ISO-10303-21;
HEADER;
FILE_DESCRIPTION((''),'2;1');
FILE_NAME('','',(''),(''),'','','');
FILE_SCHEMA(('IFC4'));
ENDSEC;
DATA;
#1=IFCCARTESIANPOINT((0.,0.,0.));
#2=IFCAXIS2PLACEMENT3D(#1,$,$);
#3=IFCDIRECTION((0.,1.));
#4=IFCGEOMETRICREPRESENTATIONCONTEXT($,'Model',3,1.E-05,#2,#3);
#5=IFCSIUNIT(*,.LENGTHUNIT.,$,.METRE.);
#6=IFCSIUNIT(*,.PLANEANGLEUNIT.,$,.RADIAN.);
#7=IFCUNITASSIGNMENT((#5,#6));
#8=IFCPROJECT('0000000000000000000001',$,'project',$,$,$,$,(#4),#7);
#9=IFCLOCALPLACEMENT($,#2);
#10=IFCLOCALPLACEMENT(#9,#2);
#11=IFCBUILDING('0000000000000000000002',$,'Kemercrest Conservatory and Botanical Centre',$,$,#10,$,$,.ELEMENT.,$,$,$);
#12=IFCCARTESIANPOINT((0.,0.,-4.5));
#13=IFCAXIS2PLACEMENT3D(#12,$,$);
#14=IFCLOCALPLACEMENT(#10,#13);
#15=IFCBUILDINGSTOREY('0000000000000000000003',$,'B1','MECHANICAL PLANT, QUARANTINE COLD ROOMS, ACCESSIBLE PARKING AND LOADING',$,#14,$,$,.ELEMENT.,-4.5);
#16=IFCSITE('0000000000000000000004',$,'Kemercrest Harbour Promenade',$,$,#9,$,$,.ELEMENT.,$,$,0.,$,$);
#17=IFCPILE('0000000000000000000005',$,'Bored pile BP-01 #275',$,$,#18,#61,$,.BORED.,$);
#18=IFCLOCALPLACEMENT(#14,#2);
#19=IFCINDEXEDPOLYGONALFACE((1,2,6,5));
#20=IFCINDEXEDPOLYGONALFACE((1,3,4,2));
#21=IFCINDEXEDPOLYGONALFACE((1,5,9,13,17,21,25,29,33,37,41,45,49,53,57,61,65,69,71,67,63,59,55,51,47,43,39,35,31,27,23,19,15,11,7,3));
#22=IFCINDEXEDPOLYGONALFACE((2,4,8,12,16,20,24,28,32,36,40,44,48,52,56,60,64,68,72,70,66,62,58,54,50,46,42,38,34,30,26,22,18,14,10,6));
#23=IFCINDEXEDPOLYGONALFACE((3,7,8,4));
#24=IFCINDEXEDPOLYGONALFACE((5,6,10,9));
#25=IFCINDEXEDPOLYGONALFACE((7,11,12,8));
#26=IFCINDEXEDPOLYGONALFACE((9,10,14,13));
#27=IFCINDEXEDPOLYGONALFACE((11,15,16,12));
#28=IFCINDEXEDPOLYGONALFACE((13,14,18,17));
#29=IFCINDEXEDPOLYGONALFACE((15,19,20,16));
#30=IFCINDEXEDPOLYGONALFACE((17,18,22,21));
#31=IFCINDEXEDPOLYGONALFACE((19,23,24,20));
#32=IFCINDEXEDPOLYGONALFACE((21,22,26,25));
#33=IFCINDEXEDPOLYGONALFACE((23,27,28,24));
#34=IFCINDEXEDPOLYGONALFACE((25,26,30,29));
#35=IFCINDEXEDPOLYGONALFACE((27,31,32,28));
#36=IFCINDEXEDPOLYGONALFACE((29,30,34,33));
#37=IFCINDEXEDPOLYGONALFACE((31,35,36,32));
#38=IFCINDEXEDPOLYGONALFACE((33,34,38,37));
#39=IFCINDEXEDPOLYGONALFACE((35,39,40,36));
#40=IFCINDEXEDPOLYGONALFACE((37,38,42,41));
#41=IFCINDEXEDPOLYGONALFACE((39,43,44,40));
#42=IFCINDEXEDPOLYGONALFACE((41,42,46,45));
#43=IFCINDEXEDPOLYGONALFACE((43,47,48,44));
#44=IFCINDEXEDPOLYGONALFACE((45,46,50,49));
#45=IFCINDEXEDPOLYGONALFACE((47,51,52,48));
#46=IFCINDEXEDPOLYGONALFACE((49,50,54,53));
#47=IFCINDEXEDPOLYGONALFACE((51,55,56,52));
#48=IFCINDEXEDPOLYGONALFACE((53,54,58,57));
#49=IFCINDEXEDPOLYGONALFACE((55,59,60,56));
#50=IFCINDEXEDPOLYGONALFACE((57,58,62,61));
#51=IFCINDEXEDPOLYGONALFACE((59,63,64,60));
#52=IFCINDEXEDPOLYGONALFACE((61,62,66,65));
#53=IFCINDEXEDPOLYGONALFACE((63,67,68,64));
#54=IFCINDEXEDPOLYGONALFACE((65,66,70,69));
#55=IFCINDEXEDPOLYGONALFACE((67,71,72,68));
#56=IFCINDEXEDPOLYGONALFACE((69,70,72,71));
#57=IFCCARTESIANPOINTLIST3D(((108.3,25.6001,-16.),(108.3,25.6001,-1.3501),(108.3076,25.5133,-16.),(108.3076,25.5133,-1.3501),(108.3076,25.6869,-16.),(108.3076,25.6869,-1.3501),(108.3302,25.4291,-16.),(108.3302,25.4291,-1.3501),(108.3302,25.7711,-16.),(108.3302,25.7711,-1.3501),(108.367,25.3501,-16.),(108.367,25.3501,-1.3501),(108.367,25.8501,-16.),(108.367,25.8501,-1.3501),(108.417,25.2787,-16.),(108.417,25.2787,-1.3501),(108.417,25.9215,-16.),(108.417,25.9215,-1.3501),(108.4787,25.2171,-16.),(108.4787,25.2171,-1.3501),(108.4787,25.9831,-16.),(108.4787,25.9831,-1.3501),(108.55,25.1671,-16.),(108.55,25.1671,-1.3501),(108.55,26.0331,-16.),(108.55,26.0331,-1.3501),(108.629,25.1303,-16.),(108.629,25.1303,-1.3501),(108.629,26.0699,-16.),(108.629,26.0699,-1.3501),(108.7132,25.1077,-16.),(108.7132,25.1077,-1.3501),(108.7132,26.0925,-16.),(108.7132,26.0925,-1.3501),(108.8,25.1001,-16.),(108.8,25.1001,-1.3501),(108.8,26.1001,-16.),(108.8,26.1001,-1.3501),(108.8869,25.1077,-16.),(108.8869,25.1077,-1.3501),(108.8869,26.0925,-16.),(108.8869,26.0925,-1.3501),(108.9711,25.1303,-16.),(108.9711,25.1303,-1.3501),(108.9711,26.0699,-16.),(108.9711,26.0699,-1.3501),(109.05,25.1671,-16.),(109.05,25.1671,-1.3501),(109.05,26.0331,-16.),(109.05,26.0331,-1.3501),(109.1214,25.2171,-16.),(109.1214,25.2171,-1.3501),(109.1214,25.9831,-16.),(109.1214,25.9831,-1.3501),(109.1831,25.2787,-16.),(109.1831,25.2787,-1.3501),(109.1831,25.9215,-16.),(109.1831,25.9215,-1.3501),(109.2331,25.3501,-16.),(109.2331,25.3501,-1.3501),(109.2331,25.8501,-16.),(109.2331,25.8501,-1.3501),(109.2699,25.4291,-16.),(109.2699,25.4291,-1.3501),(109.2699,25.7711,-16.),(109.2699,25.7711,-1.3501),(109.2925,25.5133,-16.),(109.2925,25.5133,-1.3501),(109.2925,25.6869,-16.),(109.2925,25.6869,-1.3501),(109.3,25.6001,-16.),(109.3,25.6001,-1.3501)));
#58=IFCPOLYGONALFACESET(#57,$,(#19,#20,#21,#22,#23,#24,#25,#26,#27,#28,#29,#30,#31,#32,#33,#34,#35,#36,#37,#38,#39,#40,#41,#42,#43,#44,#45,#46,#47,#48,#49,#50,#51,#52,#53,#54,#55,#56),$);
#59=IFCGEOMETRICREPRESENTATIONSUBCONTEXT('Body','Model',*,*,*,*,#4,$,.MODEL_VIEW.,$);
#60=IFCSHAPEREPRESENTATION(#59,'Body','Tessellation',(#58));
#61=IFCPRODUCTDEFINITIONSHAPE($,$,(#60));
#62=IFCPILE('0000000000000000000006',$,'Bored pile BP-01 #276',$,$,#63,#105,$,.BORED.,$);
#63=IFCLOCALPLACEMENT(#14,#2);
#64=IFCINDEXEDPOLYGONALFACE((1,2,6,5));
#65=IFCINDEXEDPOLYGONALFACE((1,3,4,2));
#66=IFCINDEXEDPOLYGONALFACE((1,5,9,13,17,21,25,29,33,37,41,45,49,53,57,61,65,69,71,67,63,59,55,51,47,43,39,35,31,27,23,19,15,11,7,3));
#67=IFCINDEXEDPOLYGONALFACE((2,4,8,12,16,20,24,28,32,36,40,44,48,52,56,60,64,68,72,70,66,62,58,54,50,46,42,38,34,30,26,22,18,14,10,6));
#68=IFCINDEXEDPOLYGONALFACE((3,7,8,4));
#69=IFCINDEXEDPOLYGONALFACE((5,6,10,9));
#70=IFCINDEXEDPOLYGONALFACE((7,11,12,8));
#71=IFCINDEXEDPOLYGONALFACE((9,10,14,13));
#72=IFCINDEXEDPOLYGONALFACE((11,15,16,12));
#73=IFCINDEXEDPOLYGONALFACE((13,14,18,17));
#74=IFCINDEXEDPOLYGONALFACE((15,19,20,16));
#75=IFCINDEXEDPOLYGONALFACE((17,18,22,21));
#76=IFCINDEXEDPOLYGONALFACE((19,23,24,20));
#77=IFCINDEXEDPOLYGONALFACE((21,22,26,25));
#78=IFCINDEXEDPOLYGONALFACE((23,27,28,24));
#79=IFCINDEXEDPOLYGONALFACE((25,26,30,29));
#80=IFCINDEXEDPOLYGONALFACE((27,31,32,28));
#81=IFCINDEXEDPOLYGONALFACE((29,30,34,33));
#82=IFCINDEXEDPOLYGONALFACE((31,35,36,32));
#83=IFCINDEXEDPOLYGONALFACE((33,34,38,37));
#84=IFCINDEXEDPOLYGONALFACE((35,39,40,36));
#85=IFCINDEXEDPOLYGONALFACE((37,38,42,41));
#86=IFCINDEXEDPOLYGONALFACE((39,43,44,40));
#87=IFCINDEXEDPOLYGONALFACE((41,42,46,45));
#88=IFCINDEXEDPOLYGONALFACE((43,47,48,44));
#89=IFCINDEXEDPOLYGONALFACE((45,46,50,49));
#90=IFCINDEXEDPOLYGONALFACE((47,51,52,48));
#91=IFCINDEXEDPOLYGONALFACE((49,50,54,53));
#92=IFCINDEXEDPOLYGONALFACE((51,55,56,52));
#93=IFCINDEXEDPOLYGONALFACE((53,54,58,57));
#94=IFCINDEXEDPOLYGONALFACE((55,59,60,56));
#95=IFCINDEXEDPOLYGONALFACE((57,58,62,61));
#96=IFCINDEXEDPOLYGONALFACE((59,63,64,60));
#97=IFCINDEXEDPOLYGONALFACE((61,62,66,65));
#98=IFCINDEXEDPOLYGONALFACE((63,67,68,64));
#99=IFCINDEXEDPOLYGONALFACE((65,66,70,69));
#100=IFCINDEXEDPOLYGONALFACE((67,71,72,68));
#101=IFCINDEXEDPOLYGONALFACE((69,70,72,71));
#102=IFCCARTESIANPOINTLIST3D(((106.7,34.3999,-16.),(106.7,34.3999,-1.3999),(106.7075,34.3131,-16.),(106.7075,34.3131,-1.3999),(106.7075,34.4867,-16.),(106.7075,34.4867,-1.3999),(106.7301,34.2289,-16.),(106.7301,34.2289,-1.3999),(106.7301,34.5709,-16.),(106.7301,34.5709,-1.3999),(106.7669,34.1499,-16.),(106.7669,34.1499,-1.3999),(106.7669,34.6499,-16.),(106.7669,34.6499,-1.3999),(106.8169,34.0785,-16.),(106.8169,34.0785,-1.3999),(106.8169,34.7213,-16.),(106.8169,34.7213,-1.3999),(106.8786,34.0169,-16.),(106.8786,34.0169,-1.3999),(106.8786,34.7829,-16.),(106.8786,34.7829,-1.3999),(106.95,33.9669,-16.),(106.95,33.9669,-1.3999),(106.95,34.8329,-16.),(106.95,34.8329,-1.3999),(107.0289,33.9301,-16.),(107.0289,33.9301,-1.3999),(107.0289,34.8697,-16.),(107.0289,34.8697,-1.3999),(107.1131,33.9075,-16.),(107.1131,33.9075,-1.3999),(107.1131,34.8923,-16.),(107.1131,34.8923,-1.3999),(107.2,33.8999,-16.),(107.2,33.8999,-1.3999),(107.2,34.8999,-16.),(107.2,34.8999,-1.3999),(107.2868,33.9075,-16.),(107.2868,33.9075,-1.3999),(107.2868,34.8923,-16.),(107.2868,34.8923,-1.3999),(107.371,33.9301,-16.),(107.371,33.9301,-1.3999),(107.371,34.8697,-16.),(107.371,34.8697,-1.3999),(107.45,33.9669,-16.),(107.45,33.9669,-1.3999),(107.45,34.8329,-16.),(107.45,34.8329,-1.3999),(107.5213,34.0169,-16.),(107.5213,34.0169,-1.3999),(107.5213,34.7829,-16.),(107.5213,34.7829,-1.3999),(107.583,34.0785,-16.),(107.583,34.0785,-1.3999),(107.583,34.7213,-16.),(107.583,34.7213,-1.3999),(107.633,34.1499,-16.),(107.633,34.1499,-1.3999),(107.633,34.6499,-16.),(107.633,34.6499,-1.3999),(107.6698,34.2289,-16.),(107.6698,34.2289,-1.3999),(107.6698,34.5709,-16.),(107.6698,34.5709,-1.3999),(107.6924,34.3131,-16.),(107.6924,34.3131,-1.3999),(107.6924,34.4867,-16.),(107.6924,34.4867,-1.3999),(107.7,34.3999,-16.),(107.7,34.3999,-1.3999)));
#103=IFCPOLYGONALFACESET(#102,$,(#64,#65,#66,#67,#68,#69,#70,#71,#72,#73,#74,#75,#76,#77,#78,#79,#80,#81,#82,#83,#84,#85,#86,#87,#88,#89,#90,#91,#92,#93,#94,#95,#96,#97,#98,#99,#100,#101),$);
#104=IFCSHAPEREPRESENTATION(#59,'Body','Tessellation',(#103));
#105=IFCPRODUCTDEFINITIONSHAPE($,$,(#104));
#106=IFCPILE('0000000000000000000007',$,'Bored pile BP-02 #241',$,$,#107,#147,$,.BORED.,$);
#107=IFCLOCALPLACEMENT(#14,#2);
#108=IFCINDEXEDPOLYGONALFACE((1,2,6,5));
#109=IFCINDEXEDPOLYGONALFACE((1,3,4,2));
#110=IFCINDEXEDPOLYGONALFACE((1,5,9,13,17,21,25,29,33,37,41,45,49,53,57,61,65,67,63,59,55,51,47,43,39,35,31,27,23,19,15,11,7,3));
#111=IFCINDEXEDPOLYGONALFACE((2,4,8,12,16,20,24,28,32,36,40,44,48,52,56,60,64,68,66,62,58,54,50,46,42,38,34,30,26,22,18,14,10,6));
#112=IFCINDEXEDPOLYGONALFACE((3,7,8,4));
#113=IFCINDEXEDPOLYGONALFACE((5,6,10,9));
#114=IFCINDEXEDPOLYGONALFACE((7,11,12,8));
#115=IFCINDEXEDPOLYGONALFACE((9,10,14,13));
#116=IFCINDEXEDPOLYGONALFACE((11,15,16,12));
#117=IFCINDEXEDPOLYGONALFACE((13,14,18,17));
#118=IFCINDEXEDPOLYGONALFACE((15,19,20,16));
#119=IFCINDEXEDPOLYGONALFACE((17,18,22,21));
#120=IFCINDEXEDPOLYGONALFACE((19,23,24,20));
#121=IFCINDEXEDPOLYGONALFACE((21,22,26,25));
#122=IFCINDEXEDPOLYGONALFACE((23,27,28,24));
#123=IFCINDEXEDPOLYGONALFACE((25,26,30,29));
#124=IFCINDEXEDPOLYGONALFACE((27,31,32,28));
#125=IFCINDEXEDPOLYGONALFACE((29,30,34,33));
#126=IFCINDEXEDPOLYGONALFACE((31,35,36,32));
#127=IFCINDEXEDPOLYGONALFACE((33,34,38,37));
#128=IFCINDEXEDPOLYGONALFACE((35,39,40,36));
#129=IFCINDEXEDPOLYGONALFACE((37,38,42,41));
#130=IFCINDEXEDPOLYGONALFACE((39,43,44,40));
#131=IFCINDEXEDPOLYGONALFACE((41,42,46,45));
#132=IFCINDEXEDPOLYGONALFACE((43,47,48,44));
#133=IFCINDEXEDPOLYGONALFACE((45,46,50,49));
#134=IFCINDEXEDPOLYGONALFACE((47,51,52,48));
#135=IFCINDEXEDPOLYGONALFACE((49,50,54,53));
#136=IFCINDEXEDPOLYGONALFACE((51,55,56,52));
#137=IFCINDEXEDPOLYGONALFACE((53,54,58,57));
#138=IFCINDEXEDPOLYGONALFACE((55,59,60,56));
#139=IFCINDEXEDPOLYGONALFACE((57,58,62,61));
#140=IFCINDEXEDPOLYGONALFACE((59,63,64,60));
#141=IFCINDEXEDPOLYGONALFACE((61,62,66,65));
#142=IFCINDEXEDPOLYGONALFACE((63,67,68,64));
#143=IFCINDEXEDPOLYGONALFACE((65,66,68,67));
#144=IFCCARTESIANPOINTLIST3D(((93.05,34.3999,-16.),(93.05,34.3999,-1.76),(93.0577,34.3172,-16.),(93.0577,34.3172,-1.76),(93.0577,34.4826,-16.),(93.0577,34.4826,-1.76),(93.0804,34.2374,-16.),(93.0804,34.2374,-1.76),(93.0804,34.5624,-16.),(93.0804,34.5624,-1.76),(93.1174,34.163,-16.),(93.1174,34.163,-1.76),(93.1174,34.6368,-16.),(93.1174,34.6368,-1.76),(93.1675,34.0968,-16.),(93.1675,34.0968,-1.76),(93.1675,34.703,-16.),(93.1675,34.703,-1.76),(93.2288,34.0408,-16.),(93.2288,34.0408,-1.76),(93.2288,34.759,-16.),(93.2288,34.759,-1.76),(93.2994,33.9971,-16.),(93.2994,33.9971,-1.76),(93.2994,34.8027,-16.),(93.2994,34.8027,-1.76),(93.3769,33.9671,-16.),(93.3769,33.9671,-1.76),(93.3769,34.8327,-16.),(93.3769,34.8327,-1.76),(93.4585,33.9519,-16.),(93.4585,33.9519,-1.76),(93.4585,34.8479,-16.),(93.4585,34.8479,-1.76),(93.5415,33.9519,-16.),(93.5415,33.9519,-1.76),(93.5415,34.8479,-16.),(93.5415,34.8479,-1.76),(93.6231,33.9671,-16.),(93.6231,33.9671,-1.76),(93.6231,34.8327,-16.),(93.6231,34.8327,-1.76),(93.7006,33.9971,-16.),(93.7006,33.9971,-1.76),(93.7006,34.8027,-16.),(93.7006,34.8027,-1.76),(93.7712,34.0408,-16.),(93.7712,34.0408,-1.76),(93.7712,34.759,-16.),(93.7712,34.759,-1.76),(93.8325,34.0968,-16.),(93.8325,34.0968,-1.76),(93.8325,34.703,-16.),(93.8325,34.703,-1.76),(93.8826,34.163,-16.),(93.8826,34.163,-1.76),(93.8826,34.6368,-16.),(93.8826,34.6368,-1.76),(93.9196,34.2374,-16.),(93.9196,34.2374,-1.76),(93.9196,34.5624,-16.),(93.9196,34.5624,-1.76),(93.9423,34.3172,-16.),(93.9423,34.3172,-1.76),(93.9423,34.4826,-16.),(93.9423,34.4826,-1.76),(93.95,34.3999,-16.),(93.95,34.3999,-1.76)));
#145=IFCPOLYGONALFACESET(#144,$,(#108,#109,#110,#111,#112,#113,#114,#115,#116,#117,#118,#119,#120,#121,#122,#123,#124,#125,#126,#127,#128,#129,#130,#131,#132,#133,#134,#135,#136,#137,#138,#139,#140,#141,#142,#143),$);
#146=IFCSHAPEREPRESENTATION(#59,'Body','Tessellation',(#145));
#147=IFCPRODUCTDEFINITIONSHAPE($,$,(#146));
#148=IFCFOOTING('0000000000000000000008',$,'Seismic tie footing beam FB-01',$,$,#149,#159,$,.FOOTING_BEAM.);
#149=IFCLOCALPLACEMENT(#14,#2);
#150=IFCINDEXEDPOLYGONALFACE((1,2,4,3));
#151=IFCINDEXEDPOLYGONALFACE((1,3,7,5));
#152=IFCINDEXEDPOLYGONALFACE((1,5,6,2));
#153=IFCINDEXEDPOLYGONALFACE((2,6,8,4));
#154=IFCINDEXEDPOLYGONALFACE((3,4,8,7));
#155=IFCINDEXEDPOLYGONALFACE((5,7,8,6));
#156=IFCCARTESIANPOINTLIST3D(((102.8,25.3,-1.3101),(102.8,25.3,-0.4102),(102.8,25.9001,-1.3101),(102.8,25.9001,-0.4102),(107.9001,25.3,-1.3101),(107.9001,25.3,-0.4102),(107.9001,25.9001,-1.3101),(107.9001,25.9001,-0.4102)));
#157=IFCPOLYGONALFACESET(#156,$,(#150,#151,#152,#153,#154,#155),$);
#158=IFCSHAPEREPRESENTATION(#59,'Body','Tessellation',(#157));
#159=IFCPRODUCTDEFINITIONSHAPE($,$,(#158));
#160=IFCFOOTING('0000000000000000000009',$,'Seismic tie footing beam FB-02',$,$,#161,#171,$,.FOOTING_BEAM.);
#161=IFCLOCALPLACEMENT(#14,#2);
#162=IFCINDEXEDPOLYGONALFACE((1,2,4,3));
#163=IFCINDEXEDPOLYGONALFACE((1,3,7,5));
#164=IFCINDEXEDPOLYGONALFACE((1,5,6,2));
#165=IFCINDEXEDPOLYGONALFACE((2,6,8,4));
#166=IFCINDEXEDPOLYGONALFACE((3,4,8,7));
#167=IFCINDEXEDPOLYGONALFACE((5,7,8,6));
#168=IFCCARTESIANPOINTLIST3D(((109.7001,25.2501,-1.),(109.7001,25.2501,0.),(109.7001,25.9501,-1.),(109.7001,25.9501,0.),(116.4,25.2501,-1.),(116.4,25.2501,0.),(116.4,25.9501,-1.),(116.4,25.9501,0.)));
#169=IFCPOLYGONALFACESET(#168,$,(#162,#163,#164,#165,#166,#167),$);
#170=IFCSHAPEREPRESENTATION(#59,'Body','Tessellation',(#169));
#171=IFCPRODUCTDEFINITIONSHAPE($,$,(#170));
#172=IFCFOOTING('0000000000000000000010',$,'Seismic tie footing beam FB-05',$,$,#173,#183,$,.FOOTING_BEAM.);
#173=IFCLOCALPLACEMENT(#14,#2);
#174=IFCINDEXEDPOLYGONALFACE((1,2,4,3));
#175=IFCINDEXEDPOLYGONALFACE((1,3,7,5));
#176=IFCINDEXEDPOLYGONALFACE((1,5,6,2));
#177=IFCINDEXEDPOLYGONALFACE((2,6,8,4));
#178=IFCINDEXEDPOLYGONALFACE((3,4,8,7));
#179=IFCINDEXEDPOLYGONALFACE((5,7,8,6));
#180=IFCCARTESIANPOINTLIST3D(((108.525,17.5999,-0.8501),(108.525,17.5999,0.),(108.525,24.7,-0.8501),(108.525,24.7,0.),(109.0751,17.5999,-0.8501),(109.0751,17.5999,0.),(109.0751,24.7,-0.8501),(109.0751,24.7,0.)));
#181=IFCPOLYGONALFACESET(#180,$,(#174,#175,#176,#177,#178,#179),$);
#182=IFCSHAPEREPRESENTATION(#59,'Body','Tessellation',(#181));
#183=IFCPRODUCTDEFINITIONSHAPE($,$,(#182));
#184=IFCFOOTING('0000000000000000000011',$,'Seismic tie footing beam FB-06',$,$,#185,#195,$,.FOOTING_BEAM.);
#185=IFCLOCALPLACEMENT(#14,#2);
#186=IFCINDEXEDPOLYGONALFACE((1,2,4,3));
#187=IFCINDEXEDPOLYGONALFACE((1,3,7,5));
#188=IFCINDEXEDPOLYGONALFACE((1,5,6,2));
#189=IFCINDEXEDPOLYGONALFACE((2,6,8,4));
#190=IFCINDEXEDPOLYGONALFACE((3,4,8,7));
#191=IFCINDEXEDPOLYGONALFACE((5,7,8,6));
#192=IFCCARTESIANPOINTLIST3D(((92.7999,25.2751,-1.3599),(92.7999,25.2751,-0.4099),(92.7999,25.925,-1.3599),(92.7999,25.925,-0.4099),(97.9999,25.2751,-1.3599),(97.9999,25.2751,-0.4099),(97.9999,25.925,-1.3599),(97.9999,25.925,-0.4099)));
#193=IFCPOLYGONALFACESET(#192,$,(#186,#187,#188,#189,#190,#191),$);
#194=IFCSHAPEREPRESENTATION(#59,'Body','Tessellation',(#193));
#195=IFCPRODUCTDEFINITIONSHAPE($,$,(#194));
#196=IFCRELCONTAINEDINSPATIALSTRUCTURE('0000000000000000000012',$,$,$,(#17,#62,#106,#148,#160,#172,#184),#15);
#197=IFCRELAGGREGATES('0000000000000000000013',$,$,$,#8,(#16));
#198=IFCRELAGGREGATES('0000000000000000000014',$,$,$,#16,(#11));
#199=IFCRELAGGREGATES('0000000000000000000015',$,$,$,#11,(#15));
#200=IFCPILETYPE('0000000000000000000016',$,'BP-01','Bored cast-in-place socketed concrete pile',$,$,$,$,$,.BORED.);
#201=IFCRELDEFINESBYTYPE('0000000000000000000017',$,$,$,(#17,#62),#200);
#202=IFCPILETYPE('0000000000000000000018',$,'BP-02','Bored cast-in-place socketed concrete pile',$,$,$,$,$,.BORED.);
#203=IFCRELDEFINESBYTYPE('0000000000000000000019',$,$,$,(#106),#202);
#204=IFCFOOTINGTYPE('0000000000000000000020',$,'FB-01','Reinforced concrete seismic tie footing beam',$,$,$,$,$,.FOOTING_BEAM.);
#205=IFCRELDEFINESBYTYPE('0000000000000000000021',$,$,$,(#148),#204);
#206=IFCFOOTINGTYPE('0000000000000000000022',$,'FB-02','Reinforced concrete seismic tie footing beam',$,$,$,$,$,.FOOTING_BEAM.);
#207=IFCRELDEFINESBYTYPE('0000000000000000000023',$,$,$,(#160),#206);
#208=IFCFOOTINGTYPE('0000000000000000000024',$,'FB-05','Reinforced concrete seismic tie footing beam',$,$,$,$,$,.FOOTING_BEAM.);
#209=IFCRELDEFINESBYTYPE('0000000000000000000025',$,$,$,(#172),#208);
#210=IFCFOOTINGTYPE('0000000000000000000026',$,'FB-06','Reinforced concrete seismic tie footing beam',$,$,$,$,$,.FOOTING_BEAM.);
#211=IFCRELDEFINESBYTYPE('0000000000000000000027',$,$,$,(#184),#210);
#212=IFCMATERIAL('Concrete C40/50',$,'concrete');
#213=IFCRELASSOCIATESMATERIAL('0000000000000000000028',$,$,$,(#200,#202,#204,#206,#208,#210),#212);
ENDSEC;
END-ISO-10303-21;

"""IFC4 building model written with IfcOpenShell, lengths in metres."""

from ifc_helpers import new_model, si_unit, direction, frame, origin, origin_2d, place, context, subcontext, project, spatial, rectangle, circle, extrude, material, material_profile, profile_set, type_object, element, save


model = new_model("IFC4")

# Units and contexts
model_context = context("Model", 3, precision=1e-05, world=origin(), true_north=direction((0.0, 1.0)))
body_context = subcontext(model_context, "Body", "Model", "MODEL_VIEW")
ifc_project = project(units=[si_unit("LENGTHUNIT", "METRE"), si_unit("PLANEANGLEUNIT", "RADIAN")], contexts=[model_context])

# Site, building, storey
site_placement = place(None, origin())
site = spatial("IfcSite", under=ifc_project, at=site_placement, Name="Kemercrest Harbour Promenade", CompositionType="ELEMENT", RefElevation=0.0)
building_placement = place(site_placement, origin())
building = spatial("IfcBuilding", under=site, at=building_placement, Name="Kemercrest Conservatory and Botanical Centre", CompositionType="ELEMENT")
storey_placement = place(building_placement, frame((0.0, 0.0, -4.5)))
storey = spatial("IfcBuildingStorey", under=building, at=storey_placement, Name="B1", Description="MECHANICAL PLANT, QUARANTINE COLD ROOMS, ACCESSIBLE PARKING AND LOADING", CompositionType="ELEMENT", Elevation=-4.5)

# Piles
ifc_material_1 = material(Name="Concrete C40/50", Category="concrete")
ifc_material_profile_1 = material_profile(ifc_material_1, circle(Radius=0.5, at=origin_2d()), Name="BORED PILE 1000")
ifc_profile_set_1 = profile_set([ifc_material_profile_1], Name="Concrete C40/50")
pile_type_1 = type_object("IfcPileType", Name="BP-01", Description="Bored cast-in-place socketed concrete pile", PredefinedType="BORED", material=ifc_profile_set_1)
pile_1_placement = place(storey_placement, frame((108.8, 25.6001, -1.3501), z_axis=(0.0, 0.0, -1.0), x_axis=(1.0, 0.0, 0.0)))
element("IfcPile", 1, at=pile_1_placement, inside=storey, type_object=pile_type_1, Name="Bored pile BP-01 #275", PredefinedType="BORED", context=body_context, shape_type="SweptSolid", body=[
    extrude(circle(Radius=0.5, at=origin_2d()), origin(), (0.0, 0.0, 1.0), 14.6499),
])
pile_2_placement = place(storey_placement, frame((107.2, 34.3999, -1.3999), z_axis=(0.0, 0.0, -1.0), x_axis=(1.0, 0.0, 0.0)))
element("IfcPile", 2, at=pile_2_placement, inside=storey, type_object=pile_type_1, Name="Bored pile BP-01 #276", PredefinedType="BORED", context=body_context, shape_type="SweptSolid", body=[
    extrude(circle(Radius=0.5, at=origin_2d()), origin(), (0.0, 0.0, 1.0), 14.6001),
])
ifc_material_profile_2 = material_profile(ifc_material_1, circle(Radius=0.45, at=origin_2d()), Name="BORED PILE 900")
ifc_profile_set_2 = profile_set([ifc_material_profile_2], Name="Concrete C40/50")
pile_type_2 = type_object("IfcPileType", Name="BP-02", Description="Bored cast-in-place socketed concrete pile", PredefinedType="BORED", material=ifc_profile_set_2)
pile_3_placement = place(storey_placement, frame((93.5, 34.3999, -1.76), z_axis=(0.0, 0.0, -1.0), x_axis=(1.0, 0.0, 0.0)))
element("IfcPile", 3, at=pile_3_placement, inside=storey, type_object=pile_type_2, Name="Bored pile BP-02 #241", PredefinedType="BORED", context=body_context, shape_type="SweptSolid", body=[
    extrude(circle(Radius=0.45, at=origin_2d()), origin(), (0.0, 0.0, 1.0), 14.24),
])

# Footings
footing_type_1 = type_object("IfcFootingType", Name="FB-01", Description="Reinforced concrete seismic tie footing beam", PredefinedType="FOOTING_BEAM", material=ifc_material_1)
footing_1_placement = place(storey_placement, frame((105.3501, 25.6001, -1.3101), z_axis=(0.0, 0.0, 1.0), x_axis=(1.0, 0.0, 0.0)))
element("IfcFooting", 4, at=footing_1_placement, inside=storey, type_object=footing_type_1, Name="Seismic tie footing beam FB-01", PredefinedType="FOOTING_BEAM", context=body_context, shape_type="SweptSolid", body=[
    extrude(rectangle(XDim=5.1001, YDim=0.6001, at=origin_2d()), origin(), (0.0, 0.0, 1.0), 0.8999),
])
footing_type_2 = type_object("IfcFootingType", Name="FB-02", Description="Reinforced concrete seismic tie footing beam", PredefinedType="FOOTING_BEAM", material=ifc_material_1)
footing_2_placement = place(storey_placement, frame((113.05, 25.6001, -1.0), z_axis=(0.0, 0.0, 1.0), x_axis=(1.0, 0.0, 0.0)))
element("IfcFooting", 5, at=footing_2_placement, inside=storey, type_object=footing_type_2, Name="Seismic tie footing beam FB-02", PredefinedType="FOOTING_BEAM", context=body_context, shape_type="SweptSolid", body=[
    extrude(rectangle(XDim=6.7, YDim=0.7, at=origin_2d()), origin(), (0.0, 0.0, 1.0), 1.0),
])
footing_type_3 = type_object("IfcFootingType", Name="FB-05", Description="Reinforced concrete seismic tie footing beam", PredefinedType="FOOTING_BEAM", material=ifc_material_1)
footing_3_placement = place(storey_placement, frame((108.8, 21.1499, -0.8501), z_axis=(0.0, 0.0, 1.0), x_axis=(1.0, 0.0, 0.0)))
element("IfcFooting", 6, at=footing_3_placement, inside=storey, type_object=footing_type_3, Name="Seismic tie footing beam FB-05", PredefinedType="FOOTING_BEAM", context=body_context, shape_type="SweptSolid", body=[
    extrude(rectangle(XDim=0.55, YDim=7.1001, at=origin_2d()), origin(), (0.0, 0.0, 1.0), 0.8501),
])
footing_type_4 = type_object("IfcFootingType", Name="FB-06", Description="Reinforced concrete seismic tie footing beam", PredefinedType="FOOTING_BEAM", material=ifc_material_1)
footing_4_placement = place(storey_placement, frame((95.3999, 25.6001, -1.3599), z_axis=(0.0, 0.0, 1.0), x_axis=(1.0, 0.0, 0.0)))
element("IfcFooting", 7, at=footing_4_placement, inside=storey, type_object=footing_type_4, Name="Seismic tie footing beam FB-06", PredefinedType="FOOTING_BEAM", context=body_context, shape_type="SweptSolid", body=[
    extrude(rectangle(XDim=5.2, YDim=0.6499, at=origin_2d()), origin(), (0.0, 0.0, 1.0), 0.95),
])

save(model, "model.ifc")
